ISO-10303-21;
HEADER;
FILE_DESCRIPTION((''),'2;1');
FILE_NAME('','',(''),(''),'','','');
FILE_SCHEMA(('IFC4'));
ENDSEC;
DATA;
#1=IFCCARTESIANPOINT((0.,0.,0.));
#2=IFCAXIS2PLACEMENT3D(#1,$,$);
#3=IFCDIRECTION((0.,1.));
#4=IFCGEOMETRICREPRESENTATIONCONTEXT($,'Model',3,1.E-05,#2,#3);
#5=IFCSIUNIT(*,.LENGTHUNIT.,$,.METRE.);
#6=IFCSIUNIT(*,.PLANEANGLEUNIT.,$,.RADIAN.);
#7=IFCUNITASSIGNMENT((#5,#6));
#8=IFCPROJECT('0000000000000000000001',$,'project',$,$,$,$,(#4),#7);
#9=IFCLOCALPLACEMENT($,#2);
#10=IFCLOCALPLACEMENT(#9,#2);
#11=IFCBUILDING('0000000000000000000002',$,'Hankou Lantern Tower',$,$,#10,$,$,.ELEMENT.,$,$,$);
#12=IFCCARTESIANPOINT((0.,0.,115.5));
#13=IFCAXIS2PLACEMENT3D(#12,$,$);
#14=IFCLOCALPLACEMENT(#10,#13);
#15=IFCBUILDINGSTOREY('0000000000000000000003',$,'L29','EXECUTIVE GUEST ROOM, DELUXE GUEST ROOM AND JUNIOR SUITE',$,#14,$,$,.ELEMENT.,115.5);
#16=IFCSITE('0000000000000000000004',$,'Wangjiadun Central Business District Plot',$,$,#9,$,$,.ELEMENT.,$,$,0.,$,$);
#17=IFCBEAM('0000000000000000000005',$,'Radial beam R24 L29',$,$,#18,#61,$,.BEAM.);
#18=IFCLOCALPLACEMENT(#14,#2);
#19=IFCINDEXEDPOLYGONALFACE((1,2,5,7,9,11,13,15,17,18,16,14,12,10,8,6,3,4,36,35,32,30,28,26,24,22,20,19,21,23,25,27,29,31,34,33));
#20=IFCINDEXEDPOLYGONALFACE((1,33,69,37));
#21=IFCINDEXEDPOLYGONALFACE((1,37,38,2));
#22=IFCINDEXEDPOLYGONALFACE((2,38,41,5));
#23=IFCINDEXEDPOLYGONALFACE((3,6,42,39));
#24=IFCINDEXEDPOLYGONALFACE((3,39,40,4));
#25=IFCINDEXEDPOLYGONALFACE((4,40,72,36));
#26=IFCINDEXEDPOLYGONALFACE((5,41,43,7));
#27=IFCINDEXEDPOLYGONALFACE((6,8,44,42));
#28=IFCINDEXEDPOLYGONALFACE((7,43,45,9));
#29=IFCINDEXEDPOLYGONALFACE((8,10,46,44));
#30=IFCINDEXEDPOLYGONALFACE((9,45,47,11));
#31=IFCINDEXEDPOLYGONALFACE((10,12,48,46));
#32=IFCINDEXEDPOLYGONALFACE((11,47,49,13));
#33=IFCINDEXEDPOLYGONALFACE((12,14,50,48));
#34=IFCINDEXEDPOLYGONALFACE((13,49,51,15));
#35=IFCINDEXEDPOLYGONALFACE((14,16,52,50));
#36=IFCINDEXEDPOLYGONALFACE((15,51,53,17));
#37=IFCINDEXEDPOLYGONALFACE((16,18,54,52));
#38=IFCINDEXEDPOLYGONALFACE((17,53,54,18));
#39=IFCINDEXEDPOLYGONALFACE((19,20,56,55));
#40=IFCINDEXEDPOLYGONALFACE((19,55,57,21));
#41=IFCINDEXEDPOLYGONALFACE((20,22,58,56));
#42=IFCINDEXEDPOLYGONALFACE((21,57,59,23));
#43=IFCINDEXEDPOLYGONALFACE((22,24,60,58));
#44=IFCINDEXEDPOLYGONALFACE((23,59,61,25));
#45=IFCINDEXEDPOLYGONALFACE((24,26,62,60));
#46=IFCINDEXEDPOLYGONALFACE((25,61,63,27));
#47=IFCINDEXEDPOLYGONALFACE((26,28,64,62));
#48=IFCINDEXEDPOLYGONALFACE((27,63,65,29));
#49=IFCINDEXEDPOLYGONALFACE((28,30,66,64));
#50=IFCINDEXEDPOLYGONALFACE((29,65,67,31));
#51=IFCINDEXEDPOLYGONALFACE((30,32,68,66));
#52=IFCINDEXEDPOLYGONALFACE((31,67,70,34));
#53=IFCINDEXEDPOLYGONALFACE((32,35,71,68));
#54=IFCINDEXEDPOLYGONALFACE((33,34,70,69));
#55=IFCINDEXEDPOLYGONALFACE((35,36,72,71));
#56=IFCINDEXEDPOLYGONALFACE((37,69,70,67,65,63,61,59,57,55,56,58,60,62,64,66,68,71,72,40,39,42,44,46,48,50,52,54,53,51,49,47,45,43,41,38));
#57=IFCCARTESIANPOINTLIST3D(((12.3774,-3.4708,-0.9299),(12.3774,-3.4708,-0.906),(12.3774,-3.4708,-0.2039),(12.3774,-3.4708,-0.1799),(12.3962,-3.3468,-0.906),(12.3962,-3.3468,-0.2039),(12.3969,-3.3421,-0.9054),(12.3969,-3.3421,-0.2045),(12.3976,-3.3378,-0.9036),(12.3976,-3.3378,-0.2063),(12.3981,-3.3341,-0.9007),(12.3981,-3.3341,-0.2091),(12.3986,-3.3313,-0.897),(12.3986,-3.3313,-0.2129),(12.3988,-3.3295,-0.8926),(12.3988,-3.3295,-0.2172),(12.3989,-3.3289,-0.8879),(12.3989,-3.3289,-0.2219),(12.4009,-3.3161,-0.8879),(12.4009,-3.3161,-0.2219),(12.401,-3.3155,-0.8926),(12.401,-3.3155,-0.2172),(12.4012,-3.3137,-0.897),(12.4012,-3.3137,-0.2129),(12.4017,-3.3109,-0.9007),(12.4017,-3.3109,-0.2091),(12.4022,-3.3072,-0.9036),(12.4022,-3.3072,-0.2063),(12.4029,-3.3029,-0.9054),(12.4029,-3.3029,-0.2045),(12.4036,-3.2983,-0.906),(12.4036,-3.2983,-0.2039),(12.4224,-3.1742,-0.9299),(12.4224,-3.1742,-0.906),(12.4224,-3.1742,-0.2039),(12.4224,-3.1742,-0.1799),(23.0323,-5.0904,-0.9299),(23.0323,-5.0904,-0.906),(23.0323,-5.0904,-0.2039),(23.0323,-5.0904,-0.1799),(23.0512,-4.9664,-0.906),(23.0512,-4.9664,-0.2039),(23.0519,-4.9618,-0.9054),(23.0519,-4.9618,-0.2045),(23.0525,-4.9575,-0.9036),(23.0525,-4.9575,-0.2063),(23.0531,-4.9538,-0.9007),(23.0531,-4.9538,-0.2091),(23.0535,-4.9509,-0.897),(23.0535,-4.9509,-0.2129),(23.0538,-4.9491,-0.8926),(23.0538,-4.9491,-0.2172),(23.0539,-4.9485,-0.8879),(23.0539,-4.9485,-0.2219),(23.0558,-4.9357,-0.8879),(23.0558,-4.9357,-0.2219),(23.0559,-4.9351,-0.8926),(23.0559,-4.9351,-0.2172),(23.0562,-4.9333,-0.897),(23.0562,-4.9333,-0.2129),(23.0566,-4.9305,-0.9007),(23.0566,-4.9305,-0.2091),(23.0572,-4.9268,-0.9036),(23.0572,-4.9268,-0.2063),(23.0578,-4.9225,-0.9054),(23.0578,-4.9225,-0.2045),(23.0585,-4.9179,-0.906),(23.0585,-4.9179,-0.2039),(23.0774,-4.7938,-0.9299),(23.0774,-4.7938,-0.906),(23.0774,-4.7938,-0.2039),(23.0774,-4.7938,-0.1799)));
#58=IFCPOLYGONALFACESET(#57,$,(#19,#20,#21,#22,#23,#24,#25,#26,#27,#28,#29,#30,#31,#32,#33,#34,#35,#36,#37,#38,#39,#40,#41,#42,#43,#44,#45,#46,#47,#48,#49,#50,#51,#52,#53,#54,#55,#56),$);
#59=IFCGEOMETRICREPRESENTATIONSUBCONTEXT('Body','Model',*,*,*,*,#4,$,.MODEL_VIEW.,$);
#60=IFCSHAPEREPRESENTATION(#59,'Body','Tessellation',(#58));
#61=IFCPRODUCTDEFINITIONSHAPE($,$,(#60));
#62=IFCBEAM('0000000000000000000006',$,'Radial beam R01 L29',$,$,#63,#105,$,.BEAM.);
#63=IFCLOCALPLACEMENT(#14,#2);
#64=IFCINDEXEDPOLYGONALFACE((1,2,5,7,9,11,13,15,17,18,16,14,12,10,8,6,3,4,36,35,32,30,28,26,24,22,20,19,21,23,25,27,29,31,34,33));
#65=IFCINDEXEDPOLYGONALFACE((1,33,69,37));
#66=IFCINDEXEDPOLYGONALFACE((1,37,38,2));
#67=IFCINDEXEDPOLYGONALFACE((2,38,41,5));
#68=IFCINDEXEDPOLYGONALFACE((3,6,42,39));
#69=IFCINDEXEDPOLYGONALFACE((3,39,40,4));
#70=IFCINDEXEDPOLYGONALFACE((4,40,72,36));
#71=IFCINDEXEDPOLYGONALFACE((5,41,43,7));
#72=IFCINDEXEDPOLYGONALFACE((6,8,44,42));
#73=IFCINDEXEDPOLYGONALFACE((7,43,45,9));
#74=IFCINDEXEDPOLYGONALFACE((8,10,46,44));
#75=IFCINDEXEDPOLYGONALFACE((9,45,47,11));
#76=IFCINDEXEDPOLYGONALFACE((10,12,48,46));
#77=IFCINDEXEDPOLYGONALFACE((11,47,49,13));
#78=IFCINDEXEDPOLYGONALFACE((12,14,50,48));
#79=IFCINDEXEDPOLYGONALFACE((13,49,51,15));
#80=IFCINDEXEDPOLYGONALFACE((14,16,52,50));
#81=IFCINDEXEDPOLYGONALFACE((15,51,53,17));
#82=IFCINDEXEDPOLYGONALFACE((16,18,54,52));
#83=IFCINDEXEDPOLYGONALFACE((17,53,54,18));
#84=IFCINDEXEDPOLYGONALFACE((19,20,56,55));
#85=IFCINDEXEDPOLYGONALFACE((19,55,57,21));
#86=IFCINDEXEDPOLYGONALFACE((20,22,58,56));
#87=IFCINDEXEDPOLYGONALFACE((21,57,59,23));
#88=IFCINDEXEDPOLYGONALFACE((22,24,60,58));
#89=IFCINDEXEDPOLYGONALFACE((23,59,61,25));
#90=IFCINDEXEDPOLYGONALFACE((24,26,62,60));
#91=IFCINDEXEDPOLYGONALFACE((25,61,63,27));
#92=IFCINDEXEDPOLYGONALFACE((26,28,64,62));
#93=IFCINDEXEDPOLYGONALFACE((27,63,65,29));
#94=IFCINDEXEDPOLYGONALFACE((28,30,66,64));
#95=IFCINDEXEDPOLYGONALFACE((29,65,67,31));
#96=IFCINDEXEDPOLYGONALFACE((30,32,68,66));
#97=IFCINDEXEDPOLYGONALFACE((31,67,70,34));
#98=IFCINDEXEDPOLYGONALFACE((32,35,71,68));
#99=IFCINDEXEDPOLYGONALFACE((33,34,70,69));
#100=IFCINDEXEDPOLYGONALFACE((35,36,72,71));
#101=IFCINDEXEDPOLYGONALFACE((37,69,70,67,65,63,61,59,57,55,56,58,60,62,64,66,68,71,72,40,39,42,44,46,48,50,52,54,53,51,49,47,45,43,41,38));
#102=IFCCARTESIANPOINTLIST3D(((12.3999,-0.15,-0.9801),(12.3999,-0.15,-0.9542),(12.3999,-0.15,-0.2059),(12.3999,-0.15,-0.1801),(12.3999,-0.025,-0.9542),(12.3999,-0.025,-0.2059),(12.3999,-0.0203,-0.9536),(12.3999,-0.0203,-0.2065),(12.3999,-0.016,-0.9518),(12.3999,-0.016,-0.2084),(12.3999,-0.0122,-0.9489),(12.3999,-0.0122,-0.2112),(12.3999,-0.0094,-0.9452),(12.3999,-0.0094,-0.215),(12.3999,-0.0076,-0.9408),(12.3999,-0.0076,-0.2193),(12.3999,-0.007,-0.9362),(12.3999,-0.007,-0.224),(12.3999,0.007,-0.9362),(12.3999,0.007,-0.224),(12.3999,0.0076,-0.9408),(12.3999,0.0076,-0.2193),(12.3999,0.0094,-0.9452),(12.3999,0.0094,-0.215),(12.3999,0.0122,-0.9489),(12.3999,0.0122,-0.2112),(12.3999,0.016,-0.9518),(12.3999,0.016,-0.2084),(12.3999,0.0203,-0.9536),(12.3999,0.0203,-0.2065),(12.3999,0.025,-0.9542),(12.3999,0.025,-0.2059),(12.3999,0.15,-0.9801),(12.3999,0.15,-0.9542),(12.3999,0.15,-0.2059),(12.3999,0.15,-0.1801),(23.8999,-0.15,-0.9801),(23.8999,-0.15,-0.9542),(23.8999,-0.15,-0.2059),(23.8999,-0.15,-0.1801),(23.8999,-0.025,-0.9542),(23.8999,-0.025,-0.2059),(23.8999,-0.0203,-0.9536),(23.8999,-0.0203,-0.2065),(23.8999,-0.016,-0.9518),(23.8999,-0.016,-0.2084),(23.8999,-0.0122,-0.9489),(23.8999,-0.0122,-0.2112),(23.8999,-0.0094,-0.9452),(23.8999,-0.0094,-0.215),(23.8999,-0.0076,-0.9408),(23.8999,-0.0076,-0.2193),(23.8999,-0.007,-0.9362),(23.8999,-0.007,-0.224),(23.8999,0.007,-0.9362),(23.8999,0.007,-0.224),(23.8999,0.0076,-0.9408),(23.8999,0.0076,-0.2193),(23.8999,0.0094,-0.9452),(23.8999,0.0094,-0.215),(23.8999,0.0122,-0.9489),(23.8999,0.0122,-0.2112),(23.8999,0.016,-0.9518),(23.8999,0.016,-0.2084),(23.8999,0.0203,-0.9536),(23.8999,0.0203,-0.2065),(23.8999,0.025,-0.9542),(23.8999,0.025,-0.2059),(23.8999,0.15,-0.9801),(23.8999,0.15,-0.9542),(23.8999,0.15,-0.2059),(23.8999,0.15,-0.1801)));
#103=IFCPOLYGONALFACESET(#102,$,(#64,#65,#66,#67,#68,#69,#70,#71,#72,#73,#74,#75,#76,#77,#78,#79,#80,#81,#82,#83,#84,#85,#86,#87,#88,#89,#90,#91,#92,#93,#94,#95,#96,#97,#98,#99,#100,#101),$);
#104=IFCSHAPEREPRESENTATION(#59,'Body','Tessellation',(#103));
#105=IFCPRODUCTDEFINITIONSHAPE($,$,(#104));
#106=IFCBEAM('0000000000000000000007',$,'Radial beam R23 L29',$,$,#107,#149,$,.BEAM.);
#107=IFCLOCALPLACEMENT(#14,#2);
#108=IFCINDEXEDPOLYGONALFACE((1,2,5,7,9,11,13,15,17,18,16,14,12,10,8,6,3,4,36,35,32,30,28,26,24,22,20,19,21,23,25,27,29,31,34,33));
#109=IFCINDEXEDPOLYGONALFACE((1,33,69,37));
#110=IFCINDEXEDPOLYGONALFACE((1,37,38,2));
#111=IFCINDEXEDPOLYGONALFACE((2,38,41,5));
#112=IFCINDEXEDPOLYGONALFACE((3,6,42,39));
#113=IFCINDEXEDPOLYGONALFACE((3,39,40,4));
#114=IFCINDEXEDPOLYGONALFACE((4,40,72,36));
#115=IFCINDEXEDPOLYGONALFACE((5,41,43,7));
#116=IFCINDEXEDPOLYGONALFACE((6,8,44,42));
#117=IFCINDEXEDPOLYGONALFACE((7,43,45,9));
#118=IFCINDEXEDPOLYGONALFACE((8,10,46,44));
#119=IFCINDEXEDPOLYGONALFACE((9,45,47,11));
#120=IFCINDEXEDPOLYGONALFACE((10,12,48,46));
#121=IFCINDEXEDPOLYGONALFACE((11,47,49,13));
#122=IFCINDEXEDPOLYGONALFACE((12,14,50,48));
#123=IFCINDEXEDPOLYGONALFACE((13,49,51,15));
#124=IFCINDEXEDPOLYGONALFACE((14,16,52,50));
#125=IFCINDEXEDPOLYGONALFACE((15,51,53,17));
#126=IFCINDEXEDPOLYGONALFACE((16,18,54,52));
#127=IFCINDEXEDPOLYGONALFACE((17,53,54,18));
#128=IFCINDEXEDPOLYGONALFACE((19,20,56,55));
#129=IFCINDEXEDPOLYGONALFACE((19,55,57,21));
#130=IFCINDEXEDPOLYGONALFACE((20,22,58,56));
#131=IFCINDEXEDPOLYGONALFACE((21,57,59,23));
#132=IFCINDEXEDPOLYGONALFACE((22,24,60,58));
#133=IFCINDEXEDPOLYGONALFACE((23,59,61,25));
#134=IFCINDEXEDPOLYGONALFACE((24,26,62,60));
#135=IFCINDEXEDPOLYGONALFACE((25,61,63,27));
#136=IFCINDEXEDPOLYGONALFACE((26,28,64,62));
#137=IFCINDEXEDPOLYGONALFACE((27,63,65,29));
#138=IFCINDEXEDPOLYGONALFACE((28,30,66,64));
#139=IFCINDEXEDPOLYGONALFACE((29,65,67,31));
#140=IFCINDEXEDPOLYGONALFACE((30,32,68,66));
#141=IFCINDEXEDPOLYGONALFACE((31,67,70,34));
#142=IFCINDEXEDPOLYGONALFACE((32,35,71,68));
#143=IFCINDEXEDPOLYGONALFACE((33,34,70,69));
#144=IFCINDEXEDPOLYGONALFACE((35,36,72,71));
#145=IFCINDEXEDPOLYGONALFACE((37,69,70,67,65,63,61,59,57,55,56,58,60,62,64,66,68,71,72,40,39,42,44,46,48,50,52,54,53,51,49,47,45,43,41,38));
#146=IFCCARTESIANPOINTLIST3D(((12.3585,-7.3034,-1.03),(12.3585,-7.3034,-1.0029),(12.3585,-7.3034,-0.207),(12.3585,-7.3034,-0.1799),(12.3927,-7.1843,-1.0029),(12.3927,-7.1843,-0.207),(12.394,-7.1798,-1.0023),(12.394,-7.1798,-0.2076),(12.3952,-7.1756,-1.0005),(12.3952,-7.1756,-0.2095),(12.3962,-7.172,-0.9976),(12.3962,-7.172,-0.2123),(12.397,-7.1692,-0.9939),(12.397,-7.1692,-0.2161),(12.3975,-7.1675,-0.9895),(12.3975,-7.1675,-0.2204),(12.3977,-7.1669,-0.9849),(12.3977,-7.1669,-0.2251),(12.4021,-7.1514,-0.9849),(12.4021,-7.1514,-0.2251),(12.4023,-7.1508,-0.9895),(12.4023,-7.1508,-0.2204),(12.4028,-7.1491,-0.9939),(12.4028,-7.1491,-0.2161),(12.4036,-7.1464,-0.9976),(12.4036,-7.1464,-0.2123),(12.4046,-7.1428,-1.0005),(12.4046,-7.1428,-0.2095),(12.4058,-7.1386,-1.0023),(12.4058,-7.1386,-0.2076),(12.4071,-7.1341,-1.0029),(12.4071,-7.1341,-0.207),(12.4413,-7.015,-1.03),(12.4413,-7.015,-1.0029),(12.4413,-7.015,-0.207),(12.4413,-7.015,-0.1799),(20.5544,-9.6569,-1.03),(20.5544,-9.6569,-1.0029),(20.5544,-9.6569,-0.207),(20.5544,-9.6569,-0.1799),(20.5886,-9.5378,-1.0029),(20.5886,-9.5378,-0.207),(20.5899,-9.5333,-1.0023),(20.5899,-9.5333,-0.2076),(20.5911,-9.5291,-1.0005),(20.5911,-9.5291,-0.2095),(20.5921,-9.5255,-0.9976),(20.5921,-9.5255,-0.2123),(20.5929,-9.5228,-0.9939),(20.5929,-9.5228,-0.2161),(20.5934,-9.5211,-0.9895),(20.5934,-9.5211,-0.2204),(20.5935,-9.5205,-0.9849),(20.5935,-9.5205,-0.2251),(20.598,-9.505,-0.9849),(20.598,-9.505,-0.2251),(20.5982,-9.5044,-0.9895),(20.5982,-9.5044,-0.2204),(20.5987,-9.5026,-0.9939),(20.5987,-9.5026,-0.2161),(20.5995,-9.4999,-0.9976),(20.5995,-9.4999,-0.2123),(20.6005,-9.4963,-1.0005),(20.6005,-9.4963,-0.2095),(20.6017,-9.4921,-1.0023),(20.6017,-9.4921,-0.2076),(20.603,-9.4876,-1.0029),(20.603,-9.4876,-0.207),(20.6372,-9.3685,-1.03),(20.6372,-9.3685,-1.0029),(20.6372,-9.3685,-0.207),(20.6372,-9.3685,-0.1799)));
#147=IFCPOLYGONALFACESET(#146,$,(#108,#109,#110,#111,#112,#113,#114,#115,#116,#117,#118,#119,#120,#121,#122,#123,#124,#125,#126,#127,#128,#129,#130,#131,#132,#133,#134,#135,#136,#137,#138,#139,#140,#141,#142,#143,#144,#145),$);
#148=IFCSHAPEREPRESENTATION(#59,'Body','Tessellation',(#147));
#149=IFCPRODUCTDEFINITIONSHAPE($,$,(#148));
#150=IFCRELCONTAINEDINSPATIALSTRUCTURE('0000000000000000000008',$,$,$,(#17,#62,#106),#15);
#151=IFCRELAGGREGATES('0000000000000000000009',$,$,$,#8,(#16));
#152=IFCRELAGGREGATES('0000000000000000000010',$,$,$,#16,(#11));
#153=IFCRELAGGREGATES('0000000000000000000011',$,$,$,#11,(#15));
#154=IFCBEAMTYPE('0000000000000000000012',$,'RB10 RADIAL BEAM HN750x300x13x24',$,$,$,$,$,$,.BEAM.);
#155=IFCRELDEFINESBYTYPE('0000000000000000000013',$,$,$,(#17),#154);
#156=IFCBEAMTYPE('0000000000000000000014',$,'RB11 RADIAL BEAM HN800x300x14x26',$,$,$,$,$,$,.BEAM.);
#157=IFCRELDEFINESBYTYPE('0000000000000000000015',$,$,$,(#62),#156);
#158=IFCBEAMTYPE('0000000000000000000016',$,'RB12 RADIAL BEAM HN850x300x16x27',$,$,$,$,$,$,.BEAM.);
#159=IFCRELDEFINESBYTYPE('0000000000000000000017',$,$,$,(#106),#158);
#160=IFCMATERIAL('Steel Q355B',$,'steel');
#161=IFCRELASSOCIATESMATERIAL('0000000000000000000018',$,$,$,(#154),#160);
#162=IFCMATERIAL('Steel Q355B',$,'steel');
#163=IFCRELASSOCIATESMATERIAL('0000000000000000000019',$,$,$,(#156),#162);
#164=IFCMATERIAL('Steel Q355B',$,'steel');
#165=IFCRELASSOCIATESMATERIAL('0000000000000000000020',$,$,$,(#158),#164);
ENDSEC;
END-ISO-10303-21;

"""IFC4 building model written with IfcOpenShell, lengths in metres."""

from ifc_helpers import new_model, si_unit, direction, frame, origin, origin_2d, place, context, subcontext, project, spatial, i_section, extrude, material, material_profile, profile_set, type_object, element, save


model = new_model("IFC4")

# Units and contexts
model_context = context("Model", 3, precision=1e-05, world=origin(), true_north=direction((0.0, 1.0)))
body_context = subcontext(model_context, "Body", "Model", "MODEL_VIEW")
ifc_project = project(units=[si_unit("LENGTHUNIT", "METRE"), si_unit("PLANEANGLEUNIT", "RADIAN")], contexts=[model_context])

# Site, building, storey
site_placement = place(None, origin())
site = spatial("IfcSite", under=ifc_project, at=site_placement, Name="Wangjiadun Central Business District Plot", CompositionType="ELEMENT", RefElevation=0.0)
building_placement = place(site_placement, origin())
building = spatial("IfcBuilding", under=site, at=building_placement, Name="Hankou Lantern Tower", CompositionType="ELEMENT")
storey_placement = place(building_placement, frame((0.0, 0.0, 115.5)))
storey = spatial("IfcBuildingStorey", under=building, at=storey_placement, Name="L29", Description="EXECUTIVE GUEST ROOM, DELUXE GUEST ROOM AND JUNIOR SUITE", CompositionType="ELEMENT", Elevation=115.5)

# Beams
ifc_material_1 = material(Name="Steel Q355B", Category="steel")
ifc_material_profile_1 = material_profile(ifc_material_1, i_section(OverallWidth=0.3, OverallDepth=0.75, WebThickness=0.0129, FlangeThickness=0.0239, FilletRadius=0.0181, at=origin_2d()), Name="HN750x300x13x24")
ifc_profile_set_1 = profile_set([ifc_material_profile_1], Name="Steel Q355B")
beam_type_1 = type_object("IfcBeamType", Name="RB10 RADIAL BEAM HN750x300x13x24", PredefinedType="BEAM", material=ifc_profile_set_1)
beam_1_placement = place(storey_placement, frame((12.3999, -3.3225, -0.5549), z_axis=(0.988644, -0.15028, 0.0), x_axis=(0.15028, 0.988644, 0.0)))
element("IfcBeam", 1, at=beam_1_placement, inside=storey, type_object=beam_type_1, Name="Radial beam R24 L29", PredefinedType="BEAM", context=body_context, shape_type="SweptSolid", body=[
    extrude(i_section(OverallWidth=0.3, OverallDepth=0.75, WebThickness=0.0129, FlangeThickness=0.0239, FilletRadius=0.0181, at=origin_2d()), origin(), (0.0, 0.0, 1.0), 10.7773),
])
ifc_material_2 = material(Name="Steel Q355B", Category="steel")
ifc_material_profile_2 = material_profile(ifc_material_2, i_section(OverallWidth=0.3, OverallDepth=0.8, WebThickness=0.0139, FlangeThickness=0.0259, FilletRadius=0.0181, at=origin_2d()), Name="HN800x300x14x26")
ifc_profile_set_2 = profile_set([ifc_material_profile_2], Name="Steel Q355B")
beam_type_2 = type_object("IfcBeamType", Name="RB11 RADIAL BEAM HN800x300x14x26", PredefinedType="BEAM", material=ifc_profile_set_2)
beam_2_placement = place(storey_placement, frame((12.3999, 0.0, -0.5801), z_axis=(1.0, 0.0, 0.0), x_axis=(0.0, 1.0, 0.0)))
element("IfcBeam", 2, at=beam_2_placement, inside=storey, type_object=beam_type_2, Name="Radial beam R01 L29", PredefinedType="BEAM", context=body_context, shape_type="SweptSolid", body=[
    extrude(i_section(OverallWidth=0.3, OverallDepth=0.8, WebThickness=0.0139, FlangeThickness=0.0259, FilletRadius=0.0181, at=origin_2d()), origin(), (0.0, 0.0, 1.0), 11.5),
])
ifc_material_3 = material(Name="Steel Q355B", Category="steel")
ifc_material_profile_3 = material_profile(ifc_material_3, i_section(OverallWidth=0.3, OverallDepth=0.8501, WebThickness=0.0161, FlangeThickness=0.0271, FilletRadius=0.0181, at=origin_2d()), Name="HN850x300x16x27")
ifc_profile_set_3 = profile_set([ifc_material_profile_3], Name="Steel Q355B")
beam_type_3 = type_object("IfcBeamType", Name="RB12 RADIAL BEAM HN850x300x16x27", PredefinedType="BEAM", material=ifc_profile_set_3)
beam_3_placement = place(storey_placement, frame((12.3999, -7.1592, -0.605), z_axis=(0.961156, -0.276007, 0.0), x_axis=(0.276007, 0.961156, 0.0)))
element("IfcBeam", 3, at=beam_3_placement, inside=storey, type_object=beam_type_3, Name="Radial beam R23 L29", PredefinedType="BEAM", context=body_context, shape_type="SweptSolid", body=[
    extrude(i_section(OverallWidth=0.3, OverallDepth=0.8501, WebThickness=0.0161, FlangeThickness=0.0271, FilletRadius=0.0181, at=origin_2d()), origin(), (0.0, 0.0, 1.0), 8.5271),
])

save(model, "model.ifc")
